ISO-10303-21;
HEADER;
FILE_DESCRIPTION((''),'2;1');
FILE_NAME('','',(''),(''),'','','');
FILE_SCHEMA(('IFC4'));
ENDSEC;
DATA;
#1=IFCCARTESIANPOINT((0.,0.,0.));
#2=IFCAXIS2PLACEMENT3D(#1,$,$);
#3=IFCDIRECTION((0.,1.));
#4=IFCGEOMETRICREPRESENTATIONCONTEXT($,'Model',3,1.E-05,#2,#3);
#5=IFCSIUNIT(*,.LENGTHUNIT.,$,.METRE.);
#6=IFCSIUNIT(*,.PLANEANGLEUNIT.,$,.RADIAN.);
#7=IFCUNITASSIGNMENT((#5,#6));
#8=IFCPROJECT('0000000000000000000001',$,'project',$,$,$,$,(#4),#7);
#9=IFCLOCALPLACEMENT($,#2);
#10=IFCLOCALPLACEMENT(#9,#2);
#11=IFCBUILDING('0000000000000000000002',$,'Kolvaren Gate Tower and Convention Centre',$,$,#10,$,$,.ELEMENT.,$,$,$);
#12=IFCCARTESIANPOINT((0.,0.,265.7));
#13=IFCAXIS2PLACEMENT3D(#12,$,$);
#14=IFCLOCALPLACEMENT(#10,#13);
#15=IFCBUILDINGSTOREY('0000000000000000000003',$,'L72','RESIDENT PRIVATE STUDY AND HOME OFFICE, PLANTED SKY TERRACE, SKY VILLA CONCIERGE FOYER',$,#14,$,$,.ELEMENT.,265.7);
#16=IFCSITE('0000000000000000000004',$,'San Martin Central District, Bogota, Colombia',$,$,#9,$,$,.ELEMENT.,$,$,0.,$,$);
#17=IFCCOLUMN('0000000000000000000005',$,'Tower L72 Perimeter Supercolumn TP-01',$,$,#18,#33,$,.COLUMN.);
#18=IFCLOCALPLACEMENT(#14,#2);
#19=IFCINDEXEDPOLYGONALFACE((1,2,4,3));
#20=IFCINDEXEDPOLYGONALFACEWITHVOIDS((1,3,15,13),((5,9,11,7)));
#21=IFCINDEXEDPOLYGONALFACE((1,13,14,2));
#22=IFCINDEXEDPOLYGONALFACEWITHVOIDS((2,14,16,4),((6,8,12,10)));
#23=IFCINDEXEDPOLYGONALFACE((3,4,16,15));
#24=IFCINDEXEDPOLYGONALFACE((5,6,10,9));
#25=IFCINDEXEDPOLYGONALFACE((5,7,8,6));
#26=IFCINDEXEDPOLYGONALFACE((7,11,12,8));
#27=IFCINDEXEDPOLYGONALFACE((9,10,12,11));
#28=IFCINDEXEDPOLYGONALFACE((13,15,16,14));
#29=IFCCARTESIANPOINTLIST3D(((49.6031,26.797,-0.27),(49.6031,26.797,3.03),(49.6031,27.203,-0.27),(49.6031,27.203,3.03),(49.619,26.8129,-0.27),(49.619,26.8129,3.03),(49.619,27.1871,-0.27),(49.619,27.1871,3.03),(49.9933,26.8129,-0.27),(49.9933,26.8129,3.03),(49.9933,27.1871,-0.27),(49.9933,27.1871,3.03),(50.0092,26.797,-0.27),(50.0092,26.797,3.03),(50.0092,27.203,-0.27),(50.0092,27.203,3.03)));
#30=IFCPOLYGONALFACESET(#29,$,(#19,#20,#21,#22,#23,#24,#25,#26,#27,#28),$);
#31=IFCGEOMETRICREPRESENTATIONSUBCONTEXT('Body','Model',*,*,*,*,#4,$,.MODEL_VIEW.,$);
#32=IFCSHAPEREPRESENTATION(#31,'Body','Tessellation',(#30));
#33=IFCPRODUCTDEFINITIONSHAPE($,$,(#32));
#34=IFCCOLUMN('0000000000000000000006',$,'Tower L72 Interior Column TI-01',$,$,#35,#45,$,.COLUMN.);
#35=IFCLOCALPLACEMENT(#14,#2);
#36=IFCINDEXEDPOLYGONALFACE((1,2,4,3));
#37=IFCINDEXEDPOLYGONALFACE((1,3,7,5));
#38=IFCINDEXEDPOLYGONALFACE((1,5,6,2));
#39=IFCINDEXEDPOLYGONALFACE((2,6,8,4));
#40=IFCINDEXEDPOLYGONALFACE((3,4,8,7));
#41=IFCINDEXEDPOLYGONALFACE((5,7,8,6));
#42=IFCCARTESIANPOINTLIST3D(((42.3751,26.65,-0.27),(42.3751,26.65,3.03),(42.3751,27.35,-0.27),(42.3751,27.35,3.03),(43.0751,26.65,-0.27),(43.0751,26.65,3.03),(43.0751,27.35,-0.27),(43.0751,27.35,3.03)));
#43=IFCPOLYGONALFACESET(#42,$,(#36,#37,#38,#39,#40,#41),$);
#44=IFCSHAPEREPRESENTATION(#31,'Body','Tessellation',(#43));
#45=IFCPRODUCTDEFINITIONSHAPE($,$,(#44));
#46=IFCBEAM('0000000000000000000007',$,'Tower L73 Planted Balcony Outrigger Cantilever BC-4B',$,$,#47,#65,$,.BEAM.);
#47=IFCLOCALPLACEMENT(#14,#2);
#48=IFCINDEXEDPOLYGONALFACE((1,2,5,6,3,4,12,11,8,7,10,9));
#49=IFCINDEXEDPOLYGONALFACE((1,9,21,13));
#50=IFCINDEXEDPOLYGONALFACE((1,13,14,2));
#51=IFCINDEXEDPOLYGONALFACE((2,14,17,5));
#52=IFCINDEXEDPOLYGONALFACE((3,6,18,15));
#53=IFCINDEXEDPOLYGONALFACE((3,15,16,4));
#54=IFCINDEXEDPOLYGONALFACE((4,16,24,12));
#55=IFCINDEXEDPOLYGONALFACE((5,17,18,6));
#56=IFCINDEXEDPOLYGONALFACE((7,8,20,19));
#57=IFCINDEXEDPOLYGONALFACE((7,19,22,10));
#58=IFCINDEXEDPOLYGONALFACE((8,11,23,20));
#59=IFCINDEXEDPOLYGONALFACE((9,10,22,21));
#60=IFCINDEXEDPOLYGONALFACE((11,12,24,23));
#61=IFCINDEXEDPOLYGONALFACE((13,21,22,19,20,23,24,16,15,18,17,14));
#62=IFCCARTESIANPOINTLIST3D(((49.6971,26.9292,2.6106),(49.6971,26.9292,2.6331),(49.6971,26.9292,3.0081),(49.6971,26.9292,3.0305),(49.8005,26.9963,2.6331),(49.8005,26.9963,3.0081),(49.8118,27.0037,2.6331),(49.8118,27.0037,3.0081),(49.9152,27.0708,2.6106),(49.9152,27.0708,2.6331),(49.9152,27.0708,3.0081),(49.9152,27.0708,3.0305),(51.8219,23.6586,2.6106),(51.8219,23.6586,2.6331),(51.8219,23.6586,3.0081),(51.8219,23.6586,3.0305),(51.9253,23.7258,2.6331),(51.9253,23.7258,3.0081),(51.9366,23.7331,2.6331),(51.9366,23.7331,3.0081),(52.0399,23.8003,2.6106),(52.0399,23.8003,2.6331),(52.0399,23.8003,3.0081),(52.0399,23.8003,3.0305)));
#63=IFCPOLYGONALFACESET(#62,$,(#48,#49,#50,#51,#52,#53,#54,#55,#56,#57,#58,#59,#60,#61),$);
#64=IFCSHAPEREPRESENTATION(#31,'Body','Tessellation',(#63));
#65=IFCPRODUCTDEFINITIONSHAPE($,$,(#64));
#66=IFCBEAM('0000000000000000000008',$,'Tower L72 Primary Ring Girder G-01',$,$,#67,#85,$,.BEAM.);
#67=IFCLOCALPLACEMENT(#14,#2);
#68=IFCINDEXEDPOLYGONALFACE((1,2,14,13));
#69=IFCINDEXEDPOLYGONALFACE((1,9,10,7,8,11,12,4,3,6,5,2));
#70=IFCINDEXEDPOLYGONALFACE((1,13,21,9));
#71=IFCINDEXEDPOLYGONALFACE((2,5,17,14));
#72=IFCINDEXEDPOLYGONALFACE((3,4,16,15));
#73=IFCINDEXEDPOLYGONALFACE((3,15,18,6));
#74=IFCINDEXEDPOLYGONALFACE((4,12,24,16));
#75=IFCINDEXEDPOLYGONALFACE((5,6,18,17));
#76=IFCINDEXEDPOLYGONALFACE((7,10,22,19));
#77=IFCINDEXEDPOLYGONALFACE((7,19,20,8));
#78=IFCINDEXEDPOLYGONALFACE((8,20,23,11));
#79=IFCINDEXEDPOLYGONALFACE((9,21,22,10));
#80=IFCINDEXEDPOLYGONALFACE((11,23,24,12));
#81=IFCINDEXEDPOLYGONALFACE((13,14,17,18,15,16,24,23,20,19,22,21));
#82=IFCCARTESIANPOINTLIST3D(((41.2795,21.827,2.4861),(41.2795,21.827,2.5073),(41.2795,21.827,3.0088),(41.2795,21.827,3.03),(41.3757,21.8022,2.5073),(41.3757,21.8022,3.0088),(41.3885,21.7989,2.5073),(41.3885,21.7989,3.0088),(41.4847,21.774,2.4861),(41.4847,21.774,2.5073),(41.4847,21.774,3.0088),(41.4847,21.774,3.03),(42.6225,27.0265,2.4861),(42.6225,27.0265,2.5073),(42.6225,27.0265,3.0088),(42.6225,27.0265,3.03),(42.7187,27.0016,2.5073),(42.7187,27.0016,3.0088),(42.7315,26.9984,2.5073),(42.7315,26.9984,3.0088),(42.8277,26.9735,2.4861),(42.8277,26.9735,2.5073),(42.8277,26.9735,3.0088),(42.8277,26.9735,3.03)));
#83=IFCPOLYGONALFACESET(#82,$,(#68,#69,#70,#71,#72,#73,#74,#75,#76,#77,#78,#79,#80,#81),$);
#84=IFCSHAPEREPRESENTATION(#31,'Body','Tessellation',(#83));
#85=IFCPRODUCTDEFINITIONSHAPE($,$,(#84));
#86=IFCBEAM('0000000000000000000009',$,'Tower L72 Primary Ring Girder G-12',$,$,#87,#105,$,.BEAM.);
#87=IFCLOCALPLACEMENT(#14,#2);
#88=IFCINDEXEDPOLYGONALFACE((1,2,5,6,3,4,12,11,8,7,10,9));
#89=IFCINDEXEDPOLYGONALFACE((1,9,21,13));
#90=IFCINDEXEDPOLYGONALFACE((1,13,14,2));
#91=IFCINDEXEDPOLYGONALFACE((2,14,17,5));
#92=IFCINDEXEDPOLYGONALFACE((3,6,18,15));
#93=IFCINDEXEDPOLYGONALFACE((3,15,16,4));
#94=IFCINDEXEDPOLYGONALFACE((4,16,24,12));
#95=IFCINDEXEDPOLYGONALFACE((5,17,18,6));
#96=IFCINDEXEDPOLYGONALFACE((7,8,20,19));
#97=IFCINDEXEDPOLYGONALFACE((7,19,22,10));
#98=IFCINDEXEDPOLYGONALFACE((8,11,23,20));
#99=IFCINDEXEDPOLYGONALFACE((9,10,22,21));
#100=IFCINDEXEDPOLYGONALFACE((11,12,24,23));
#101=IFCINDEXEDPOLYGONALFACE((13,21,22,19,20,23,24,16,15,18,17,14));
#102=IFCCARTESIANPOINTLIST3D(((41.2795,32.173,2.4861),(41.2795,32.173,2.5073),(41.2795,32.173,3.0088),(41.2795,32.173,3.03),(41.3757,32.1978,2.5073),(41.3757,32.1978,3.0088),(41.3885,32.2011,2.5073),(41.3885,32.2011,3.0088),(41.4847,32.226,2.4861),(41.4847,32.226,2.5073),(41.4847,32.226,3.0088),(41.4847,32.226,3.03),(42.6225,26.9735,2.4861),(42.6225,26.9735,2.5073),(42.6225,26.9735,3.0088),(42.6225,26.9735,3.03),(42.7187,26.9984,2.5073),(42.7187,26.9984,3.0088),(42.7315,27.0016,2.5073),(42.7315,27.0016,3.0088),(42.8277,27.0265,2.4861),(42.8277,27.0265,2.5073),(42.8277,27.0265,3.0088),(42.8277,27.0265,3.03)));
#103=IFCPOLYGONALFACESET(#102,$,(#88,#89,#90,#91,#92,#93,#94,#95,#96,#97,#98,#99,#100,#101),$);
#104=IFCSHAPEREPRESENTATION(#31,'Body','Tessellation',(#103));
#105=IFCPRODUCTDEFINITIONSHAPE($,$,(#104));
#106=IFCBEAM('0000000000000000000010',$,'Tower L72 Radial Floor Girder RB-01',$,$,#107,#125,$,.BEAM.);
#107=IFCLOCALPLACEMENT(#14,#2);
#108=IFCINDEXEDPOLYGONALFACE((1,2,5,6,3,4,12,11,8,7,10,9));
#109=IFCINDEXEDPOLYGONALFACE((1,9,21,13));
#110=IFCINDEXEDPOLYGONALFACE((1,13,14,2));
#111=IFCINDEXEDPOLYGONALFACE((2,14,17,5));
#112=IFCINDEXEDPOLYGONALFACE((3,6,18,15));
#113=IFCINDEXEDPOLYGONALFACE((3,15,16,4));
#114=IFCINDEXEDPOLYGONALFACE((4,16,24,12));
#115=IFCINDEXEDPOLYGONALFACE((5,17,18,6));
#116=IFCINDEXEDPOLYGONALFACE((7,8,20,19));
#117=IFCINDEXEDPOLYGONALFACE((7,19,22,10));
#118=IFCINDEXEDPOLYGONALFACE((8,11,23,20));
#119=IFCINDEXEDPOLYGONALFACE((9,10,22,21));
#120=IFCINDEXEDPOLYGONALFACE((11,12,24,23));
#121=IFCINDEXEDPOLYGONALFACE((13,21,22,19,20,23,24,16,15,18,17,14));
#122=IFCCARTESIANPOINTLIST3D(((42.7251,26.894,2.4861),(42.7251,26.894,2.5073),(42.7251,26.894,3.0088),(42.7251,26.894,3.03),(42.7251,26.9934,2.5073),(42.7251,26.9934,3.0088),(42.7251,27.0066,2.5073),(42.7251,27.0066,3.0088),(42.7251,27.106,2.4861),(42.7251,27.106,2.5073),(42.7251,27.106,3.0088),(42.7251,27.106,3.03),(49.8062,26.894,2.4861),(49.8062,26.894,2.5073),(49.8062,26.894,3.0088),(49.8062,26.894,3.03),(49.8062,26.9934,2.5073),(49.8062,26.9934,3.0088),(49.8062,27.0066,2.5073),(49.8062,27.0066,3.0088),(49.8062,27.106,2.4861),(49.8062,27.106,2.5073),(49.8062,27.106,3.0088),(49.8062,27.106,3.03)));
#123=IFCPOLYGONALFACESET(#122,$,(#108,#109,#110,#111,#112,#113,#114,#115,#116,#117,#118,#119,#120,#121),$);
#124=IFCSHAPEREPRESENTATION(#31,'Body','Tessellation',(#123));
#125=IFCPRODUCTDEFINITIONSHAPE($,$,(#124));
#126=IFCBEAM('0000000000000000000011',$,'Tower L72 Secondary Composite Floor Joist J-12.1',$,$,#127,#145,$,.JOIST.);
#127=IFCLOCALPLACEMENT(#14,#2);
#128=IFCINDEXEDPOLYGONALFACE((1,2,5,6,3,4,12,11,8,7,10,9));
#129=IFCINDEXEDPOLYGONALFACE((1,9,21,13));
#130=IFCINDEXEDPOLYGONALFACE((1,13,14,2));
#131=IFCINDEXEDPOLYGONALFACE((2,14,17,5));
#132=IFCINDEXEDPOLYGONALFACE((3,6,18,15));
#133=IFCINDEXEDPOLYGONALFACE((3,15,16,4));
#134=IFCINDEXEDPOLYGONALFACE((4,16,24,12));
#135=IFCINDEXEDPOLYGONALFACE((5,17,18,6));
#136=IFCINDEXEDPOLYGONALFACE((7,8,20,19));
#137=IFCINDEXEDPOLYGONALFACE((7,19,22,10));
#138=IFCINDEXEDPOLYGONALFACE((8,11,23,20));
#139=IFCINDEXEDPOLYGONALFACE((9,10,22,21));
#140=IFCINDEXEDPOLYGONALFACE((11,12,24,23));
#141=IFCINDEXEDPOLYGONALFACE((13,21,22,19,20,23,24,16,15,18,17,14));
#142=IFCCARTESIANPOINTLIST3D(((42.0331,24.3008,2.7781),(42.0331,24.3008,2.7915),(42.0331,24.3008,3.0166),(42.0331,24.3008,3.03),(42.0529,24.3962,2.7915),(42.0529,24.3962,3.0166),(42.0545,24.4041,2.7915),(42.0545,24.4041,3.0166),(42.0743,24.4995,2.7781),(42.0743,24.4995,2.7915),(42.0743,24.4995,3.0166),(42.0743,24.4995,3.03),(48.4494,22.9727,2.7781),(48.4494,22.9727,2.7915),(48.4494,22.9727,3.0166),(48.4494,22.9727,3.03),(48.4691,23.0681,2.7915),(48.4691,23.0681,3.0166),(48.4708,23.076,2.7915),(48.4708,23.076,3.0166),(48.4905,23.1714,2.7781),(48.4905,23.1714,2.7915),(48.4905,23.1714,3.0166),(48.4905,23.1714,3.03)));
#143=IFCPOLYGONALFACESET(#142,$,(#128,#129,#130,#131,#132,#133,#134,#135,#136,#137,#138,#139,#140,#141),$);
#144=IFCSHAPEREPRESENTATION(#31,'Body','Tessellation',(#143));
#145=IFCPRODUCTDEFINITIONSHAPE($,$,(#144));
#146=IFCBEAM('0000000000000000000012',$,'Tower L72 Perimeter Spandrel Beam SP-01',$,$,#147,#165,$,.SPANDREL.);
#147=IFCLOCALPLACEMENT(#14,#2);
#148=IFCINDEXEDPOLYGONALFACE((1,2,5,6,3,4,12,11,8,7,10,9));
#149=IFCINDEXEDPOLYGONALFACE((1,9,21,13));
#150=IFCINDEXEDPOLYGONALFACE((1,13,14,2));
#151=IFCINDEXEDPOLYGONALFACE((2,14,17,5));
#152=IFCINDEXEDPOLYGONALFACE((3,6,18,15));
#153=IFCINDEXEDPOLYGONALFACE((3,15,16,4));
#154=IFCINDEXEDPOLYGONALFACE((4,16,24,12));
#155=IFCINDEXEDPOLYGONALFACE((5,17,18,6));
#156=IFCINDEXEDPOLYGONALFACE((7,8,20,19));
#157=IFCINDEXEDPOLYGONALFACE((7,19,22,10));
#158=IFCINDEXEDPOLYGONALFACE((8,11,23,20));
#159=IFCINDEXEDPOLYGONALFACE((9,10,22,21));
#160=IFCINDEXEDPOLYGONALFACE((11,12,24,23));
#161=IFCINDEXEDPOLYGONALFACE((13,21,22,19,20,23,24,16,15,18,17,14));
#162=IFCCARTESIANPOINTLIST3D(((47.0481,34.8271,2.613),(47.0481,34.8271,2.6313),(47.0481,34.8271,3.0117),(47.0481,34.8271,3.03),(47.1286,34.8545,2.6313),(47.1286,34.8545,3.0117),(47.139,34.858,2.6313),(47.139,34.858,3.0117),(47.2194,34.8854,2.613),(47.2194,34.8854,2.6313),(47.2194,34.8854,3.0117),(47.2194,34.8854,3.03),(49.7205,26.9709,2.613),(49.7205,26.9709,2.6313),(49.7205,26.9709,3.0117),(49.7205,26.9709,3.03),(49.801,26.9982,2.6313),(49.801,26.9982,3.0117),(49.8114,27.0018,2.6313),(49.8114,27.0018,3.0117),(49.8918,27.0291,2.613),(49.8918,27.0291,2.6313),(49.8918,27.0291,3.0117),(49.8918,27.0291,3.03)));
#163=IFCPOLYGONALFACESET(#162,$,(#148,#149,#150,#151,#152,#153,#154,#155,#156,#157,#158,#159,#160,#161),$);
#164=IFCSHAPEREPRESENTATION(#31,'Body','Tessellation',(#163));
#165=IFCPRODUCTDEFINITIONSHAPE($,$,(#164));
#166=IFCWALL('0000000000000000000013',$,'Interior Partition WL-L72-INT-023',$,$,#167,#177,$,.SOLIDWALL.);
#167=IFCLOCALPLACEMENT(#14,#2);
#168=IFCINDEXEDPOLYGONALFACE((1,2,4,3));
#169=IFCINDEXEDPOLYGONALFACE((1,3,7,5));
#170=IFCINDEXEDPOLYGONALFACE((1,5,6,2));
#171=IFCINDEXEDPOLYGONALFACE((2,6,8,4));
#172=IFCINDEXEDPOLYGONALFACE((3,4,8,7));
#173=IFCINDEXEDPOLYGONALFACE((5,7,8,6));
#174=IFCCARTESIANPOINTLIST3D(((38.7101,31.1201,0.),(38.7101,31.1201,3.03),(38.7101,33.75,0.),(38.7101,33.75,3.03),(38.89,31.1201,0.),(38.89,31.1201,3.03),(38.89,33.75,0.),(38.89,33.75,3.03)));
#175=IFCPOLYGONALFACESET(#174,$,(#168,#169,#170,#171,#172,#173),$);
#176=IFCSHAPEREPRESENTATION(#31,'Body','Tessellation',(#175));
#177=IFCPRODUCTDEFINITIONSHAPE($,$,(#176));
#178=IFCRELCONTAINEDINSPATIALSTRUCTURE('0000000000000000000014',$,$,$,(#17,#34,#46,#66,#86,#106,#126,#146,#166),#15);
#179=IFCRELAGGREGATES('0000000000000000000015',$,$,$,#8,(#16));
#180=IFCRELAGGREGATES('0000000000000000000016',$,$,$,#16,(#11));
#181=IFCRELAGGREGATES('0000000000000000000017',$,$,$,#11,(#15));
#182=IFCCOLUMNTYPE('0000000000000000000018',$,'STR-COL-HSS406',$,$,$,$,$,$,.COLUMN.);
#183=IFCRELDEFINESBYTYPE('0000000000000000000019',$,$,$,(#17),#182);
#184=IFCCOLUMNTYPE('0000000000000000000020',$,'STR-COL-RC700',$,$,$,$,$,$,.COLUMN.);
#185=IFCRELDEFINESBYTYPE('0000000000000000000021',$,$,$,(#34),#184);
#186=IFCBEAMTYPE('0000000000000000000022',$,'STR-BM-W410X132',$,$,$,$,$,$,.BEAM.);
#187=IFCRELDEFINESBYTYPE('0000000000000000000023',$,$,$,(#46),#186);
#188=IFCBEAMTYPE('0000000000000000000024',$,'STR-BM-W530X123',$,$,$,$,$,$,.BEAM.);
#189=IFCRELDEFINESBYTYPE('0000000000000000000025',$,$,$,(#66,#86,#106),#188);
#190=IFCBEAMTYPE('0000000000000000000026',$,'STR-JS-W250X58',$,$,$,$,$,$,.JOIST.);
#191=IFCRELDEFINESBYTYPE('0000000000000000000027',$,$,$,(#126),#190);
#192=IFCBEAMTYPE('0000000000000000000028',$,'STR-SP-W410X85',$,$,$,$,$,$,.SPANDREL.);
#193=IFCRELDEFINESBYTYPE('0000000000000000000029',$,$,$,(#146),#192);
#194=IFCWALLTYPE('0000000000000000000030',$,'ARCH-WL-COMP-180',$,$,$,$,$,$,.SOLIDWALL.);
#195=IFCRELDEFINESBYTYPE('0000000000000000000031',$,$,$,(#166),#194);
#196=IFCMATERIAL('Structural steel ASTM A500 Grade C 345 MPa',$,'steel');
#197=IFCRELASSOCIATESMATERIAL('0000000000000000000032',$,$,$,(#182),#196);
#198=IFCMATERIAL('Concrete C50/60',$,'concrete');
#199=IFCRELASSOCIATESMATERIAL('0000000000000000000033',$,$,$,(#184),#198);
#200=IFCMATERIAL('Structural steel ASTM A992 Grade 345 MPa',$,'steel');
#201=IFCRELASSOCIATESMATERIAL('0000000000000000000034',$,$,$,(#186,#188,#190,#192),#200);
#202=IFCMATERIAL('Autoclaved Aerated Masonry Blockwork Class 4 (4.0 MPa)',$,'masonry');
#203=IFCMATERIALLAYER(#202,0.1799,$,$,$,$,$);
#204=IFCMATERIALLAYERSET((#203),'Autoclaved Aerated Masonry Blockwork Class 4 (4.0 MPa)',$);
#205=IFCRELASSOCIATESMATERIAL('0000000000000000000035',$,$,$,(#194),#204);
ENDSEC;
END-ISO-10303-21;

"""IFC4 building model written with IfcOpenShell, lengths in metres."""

from ifc_helpers import new_model, si_unit, direction, frame, frame_2d, origin, origin_2d, place, context, subcontext, project, spatial, rectangle, hollow_rectangle, i_section, extrude, material, layer, layer_set, material_profile, profile_set, type_object, element, save


model = new_model("IFC4")

# Units and contexts
model_context = context("Model", 3, precision=1e-05, world=origin(), true_north=direction((0.0, 1.0)))
body_context = subcontext(model_context, "Body", "Model", "MODEL_VIEW")
ifc_project = project(units=[si_unit("LENGTHUNIT", "METRE"), si_unit("PLANEANGLEUNIT", "RADIAN")], contexts=[model_context])

# Site, building, storey
site_placement = place(None, origin())
site = spatial("IfcSite", under=ifc_project, at=site_placement, Name="San Martin Central District, Bogota, Colombia", CompositionType="ELEMENT", RefElevation=0.0)
building_placement = place(site_placement, origin())
building = spatial("IfcBuilding", under=site, at=building_placement, Name="Kolvaren Gate Tower and Convention Centre", CompositionType="ELEMENT")
storey_placement = place(building_placement, frame((0.0, 0.0, 265.7)))
storey = spatial("IfcBuildingStorey", under=building, at=storey_placement, Name="L72", Description="RESIDENT PRIVATE STUDY AND HOME OFFICE, PLANTED SKY TERRACE, SKY VILLA CONCIERGE FOYER", CompositionType="ELEMENT", Elevation=265.7)

# Columns
ifc_material_1 = material(Name="Structural steel ASTM A500 Grade C 345 MPa", Category="steel")
ifc_material_profile_1 = material_profile(ifc_material_1, hollow_rectangle(XDim=0.406, YDim=0.406, WallThickness=0.0159, at=origin_2d()), Name="HSS406X406X15.9")
ifc_profile_set_1 = profile_set([ifc_material_profile_1], Name="Structural steel ASTM A500 Grade C 345 MPa")
column_type_1 = type_object("IfcColumnType", Name="STR-COL-HSS406", PredefinedType="COLUMN", material=ifc_profile_set_1)
column_1_placement = place(storey_placement, frame((49.8062, 27.0, -0.27), z_axis=(0.0, 0.0, 1.0), x_axis=(1.0, 0.0, 0.0)))
element("IfcColumn", 1, at=column_1_placement, inside=storey, type_object=column_type_1, Name="Tower L72 Perimeter Supercolumn TP-01", PredefinedType="COLUMN", context=body_context, shape_type="SweptSolid", body=[
    extrude(hollow_rectangle(XDim=0.406, YDim=0.406, WallThickness=0.0159, at=origin_2d()), origin(), (0.0, 0.0, 1.0), 3.3),
])
ifc_material_2 = material(Name="Concrete C50/60", Category="concrete")
ifc_material_profile_2 = material_profile(ifc_material_2, rectangle(XDim=0.7, YDim=0.7, at=origin_2d()), Name="RC-COL-700X700")
ifc_profile_set_2 = profile_set([ifc_material_profile_2], Name="Concrete C50/60")
column_type_2 = type_object("IfcColumnType", Name="STR-COL-RC700", PredefinedType="COLUMN", material=ifc_profile_set_2)
column_2_placement = place(storey_placement, frame((42.7251, 27.0, -0.27), z_axis=(0.0, 0.0, 1.0), x_axis=(1.0, 0.0, 0.0)))
element("IfcColumn", 2, at=column_2_placement, inside=storey, type_object=column_type_2, Name="Tower L72 Interior Column TI-01", PredefinedType="COLUMN", context=body_context, shape_type="SweptSolid", body=[
    extrude(rectangle(XDim=0.7, YDim=0.7, at=origin_2d()), origin(), (0.0, 0.0, 1.0), 3.3),
])

# Beams
ifc_material_3 = material(Name="Structural steel ASTM A992 Grade 345 MPa", Category="steel")
ifc_material_profile_3 = material_profile(ifc_material_3, i_section(OverallWidth=0.26, OverallDepth=0.4199, WebThickness=0.0134, FlangeThickness=0.0225, at=origin_2d()), Name="W410X132")
ifc_profile_set_3 = profile_set([ifc_material_profile_3], Name="Structural steel ASTM A992 Grade 345 MPa")
beam_type_1 = type_object("IfcBeamType", Name="STR-BM-W410X132", PredefinedType="BEAM", material=ifc_profile_set_3)
beam_1_placement = place(storey_placement, frame((49.8062, 27.0, 2.8206), z_axis=(0.544795, -0.838569, 0.0), x_axis=(0.838569, 0.544795, 0.0)))
element("IfcBeam", 3, at=beam_1_placement, inside=storey, type_object=beam_type_1, Name="Tower L73 Planted Balcony Outrigger Cantilever BC-4B", PredefinedType="BEAM", context=body_context, shape_type="SweptSolid", body=[
    extrude(i_section(OverallWidth=0.26, OverallDepth=0.4199, WebThickness=0.0134, FlangeThickness=0.0225, at=origin_2d()), origin(), (0.0, 0.0, 1.0), 3.9001),
])
ifc_material_profile_4 = material_profile(ifc_material_3, i_section(OverallWidth=0.2119, OverallDepth=0.5439, WebThickness=0.0132, FlangeThickness=0.0212, at=origin_2d()), Name="W530X123")
ifc_profile_set_4 = profile_set([ifc_material_profile_4], Name="Structural steel ASTM A992 Grade 345 MPa")
beam_type_2 = type_object("IfcBeamType", Name="STR-BM-W530X123", PredefinedType="BEAM", material=ifc_profile_set_4)
for number, where, z_axis, x_axis, name in (
    (4, (42.7251, 27.0, 2.7581), (-0.250091, -0.968222, 0.0), (0.968222, -0.250091, 0.0), "Tower L72 Primary Ring Girder G-01"),
    (5, (42.7251, 27.0, 2.7581), (-0.250091, 0.968222, 0.0), (-0.968222, -0.250091, 0.0), "Tower L72 Primary Ring Girder G-12"),
):
    element("IfcBeam", number, at=place(storey_placement, frame(where, z_axis=z_axis, x_axis=x_axis)), inside=storey, type_object=beam_type_2, Name=name, PredefinedType="BEAM", context=body_context, shape_type="SweptSolid", body=[
        extrude(i_section(OverallWidth=0.2119, OverallDepth=0.5439, WebThickness=0.0132, FlangeThickness=0.0212, at=origin_2d()), origin(), (0.0, 0.0, 1.0), 5.3701),
    ])
beam_2_placement = place(storey_placement, frame((42.7251, 27.0, 2.7581), z_axis=(1.0, 0.0, 0.0), x_axis=(0.0, 1.0, 0.0)))
element("IfcBeam", 6, at=beam_2_placement, inside=storey, type_object=beam_type_2, Name="Tower L72 Radial Floor Girder RB-01", PredefinedType="BEAM", context=body_context, shape_type="SweptSolid", body=[
    extrude(i_section(OverallWidth=0.2119, OverallDepth=0.5439, WebThickness=0.0132, FlangeThickness=0.0212, at=origin_2d()), origin(), (0.0, 0.0, 1.0), 7.0811),
])
ifc_material_profile_5 = material_profile(ifc_material_3, i_section(OverallWidth=0.2029, OverallDepth=0.252, WebThickness=0.0081, FlangeThickness=0.0134, at=origin_2d()), Name="W250X58")
ifc_profile_set_5 = profile_set([ifc_material_profile_5], Name="Structural steel ASTM A992 Grade 345 MPa")
beam_type_3 = type_object("IfcBeamType", Name="STR-JS-W250X58", PredefinedType="JOIST", material=ifc_profile_set_5)
beam_3_placement = place(storey_placement, frame((42.0537, 24.4001, 2.9041), z_axis=(0.979242, -0.202697, 0.0), x_axis=(0.202697, 0.979242, 0.0)))
element("IfcBeam", 7, at=beam_3_placement, inside=storey, type_object=beam_type_3, Name="Tower L72 Secondary Composite Floor Joist J-12.1", PredefinedType="JOIST", context=body_context, shape_type="SweptSolid", body=[
    extrude(i_section(OverallWidth=0.2029, OverallDepth=0.252, WebThickness=0.0081, FlangeThickness=0.0134, at=origin_2d()), origin(), (0.0, 0.0, 1.0), 6.5522),
])
ifc_material_profile_6 = material_profile(ifc_material_3, i_section(OverallWidth=0.1809, OverallDepth=0.417, WebThickness=0.011, FlangeThickness=0.0183, at=origin_2d()), Name="W410X85")
ifc_profile_set_6 = profile_set([ifc_material_profile_6], Name="Structural steel ASTM A992 Grade 345 MPa")
beam_type_4 = type_object("IfcBeamType", Name="STR-SP-W410X85", PredefinedType="SPANDREL", material=ifc_profile_set_6)
beam_4_placement = place(storey_placement, frame((49.8062, 27.0, 2.8215), z_axis=(-0.322038, 0.946727, 0.0), x_axis=(-0.946727, -0.322038, 0.0)))
element("IfcBeam", 8, at=beam_4_placement, inside=storey, type_object=beam_type_4, Name="Tower L72 Perimeter Spandrel Beam SP-01", PredefinedType="SPANDREL", context=body_context, shape_type="SweptSolid", body=[
    extrude(i_section(OverallWidth=0.1809, OverallDepth=0.417, WebThickness=0.011, FlangeThickness=0.0183, at=origin_2d()), origin(), (0.0, 0.0, 1.0), 8.2983),
])

# Wall
ifc_material_4 = material(Name="Autoclaved Aerated Masonry Blockwork Class 4 (4.0 MPa)", Category="masonry")
ifc_layer_1 = layer(ifc_material_4, 0.1799)
ifc_layer_set_1 = layer_set([ifc_layer_1], Name="Autoclaved Aerated Masonry Blockwork Class 4 (4.0 MPa)")
wall_type_1 = type_object("IfcWallType", Name="ARCH-WL-COMP-180", PredefinedType="SOLIDWALL", material=ifc_layer_set_1)
wall_1_placement = place(storey_placement, frame((38.8, 31.1201, 0.0), z_axis=(0.0, 0.0, 1.0), x_axis=(0.0, 1.0, 0.0)))
element("IfcWall", 9, at=wall_1_placement, inside=storey, type_object=wall_type_1, Name="Interior Partition WL-L72-INT-023", PredefinedType="SOLIDWALL", context=body_context, shape_type="SweptSolid", body=[
    extrude(rectangle(XDim=2.6299, YDim=0.1799, at=frame_2d((1.3149, 0.0))), origin(), (0.0, 0.0, 1.0), 3.03),
])

save(model, "model.ifc")
